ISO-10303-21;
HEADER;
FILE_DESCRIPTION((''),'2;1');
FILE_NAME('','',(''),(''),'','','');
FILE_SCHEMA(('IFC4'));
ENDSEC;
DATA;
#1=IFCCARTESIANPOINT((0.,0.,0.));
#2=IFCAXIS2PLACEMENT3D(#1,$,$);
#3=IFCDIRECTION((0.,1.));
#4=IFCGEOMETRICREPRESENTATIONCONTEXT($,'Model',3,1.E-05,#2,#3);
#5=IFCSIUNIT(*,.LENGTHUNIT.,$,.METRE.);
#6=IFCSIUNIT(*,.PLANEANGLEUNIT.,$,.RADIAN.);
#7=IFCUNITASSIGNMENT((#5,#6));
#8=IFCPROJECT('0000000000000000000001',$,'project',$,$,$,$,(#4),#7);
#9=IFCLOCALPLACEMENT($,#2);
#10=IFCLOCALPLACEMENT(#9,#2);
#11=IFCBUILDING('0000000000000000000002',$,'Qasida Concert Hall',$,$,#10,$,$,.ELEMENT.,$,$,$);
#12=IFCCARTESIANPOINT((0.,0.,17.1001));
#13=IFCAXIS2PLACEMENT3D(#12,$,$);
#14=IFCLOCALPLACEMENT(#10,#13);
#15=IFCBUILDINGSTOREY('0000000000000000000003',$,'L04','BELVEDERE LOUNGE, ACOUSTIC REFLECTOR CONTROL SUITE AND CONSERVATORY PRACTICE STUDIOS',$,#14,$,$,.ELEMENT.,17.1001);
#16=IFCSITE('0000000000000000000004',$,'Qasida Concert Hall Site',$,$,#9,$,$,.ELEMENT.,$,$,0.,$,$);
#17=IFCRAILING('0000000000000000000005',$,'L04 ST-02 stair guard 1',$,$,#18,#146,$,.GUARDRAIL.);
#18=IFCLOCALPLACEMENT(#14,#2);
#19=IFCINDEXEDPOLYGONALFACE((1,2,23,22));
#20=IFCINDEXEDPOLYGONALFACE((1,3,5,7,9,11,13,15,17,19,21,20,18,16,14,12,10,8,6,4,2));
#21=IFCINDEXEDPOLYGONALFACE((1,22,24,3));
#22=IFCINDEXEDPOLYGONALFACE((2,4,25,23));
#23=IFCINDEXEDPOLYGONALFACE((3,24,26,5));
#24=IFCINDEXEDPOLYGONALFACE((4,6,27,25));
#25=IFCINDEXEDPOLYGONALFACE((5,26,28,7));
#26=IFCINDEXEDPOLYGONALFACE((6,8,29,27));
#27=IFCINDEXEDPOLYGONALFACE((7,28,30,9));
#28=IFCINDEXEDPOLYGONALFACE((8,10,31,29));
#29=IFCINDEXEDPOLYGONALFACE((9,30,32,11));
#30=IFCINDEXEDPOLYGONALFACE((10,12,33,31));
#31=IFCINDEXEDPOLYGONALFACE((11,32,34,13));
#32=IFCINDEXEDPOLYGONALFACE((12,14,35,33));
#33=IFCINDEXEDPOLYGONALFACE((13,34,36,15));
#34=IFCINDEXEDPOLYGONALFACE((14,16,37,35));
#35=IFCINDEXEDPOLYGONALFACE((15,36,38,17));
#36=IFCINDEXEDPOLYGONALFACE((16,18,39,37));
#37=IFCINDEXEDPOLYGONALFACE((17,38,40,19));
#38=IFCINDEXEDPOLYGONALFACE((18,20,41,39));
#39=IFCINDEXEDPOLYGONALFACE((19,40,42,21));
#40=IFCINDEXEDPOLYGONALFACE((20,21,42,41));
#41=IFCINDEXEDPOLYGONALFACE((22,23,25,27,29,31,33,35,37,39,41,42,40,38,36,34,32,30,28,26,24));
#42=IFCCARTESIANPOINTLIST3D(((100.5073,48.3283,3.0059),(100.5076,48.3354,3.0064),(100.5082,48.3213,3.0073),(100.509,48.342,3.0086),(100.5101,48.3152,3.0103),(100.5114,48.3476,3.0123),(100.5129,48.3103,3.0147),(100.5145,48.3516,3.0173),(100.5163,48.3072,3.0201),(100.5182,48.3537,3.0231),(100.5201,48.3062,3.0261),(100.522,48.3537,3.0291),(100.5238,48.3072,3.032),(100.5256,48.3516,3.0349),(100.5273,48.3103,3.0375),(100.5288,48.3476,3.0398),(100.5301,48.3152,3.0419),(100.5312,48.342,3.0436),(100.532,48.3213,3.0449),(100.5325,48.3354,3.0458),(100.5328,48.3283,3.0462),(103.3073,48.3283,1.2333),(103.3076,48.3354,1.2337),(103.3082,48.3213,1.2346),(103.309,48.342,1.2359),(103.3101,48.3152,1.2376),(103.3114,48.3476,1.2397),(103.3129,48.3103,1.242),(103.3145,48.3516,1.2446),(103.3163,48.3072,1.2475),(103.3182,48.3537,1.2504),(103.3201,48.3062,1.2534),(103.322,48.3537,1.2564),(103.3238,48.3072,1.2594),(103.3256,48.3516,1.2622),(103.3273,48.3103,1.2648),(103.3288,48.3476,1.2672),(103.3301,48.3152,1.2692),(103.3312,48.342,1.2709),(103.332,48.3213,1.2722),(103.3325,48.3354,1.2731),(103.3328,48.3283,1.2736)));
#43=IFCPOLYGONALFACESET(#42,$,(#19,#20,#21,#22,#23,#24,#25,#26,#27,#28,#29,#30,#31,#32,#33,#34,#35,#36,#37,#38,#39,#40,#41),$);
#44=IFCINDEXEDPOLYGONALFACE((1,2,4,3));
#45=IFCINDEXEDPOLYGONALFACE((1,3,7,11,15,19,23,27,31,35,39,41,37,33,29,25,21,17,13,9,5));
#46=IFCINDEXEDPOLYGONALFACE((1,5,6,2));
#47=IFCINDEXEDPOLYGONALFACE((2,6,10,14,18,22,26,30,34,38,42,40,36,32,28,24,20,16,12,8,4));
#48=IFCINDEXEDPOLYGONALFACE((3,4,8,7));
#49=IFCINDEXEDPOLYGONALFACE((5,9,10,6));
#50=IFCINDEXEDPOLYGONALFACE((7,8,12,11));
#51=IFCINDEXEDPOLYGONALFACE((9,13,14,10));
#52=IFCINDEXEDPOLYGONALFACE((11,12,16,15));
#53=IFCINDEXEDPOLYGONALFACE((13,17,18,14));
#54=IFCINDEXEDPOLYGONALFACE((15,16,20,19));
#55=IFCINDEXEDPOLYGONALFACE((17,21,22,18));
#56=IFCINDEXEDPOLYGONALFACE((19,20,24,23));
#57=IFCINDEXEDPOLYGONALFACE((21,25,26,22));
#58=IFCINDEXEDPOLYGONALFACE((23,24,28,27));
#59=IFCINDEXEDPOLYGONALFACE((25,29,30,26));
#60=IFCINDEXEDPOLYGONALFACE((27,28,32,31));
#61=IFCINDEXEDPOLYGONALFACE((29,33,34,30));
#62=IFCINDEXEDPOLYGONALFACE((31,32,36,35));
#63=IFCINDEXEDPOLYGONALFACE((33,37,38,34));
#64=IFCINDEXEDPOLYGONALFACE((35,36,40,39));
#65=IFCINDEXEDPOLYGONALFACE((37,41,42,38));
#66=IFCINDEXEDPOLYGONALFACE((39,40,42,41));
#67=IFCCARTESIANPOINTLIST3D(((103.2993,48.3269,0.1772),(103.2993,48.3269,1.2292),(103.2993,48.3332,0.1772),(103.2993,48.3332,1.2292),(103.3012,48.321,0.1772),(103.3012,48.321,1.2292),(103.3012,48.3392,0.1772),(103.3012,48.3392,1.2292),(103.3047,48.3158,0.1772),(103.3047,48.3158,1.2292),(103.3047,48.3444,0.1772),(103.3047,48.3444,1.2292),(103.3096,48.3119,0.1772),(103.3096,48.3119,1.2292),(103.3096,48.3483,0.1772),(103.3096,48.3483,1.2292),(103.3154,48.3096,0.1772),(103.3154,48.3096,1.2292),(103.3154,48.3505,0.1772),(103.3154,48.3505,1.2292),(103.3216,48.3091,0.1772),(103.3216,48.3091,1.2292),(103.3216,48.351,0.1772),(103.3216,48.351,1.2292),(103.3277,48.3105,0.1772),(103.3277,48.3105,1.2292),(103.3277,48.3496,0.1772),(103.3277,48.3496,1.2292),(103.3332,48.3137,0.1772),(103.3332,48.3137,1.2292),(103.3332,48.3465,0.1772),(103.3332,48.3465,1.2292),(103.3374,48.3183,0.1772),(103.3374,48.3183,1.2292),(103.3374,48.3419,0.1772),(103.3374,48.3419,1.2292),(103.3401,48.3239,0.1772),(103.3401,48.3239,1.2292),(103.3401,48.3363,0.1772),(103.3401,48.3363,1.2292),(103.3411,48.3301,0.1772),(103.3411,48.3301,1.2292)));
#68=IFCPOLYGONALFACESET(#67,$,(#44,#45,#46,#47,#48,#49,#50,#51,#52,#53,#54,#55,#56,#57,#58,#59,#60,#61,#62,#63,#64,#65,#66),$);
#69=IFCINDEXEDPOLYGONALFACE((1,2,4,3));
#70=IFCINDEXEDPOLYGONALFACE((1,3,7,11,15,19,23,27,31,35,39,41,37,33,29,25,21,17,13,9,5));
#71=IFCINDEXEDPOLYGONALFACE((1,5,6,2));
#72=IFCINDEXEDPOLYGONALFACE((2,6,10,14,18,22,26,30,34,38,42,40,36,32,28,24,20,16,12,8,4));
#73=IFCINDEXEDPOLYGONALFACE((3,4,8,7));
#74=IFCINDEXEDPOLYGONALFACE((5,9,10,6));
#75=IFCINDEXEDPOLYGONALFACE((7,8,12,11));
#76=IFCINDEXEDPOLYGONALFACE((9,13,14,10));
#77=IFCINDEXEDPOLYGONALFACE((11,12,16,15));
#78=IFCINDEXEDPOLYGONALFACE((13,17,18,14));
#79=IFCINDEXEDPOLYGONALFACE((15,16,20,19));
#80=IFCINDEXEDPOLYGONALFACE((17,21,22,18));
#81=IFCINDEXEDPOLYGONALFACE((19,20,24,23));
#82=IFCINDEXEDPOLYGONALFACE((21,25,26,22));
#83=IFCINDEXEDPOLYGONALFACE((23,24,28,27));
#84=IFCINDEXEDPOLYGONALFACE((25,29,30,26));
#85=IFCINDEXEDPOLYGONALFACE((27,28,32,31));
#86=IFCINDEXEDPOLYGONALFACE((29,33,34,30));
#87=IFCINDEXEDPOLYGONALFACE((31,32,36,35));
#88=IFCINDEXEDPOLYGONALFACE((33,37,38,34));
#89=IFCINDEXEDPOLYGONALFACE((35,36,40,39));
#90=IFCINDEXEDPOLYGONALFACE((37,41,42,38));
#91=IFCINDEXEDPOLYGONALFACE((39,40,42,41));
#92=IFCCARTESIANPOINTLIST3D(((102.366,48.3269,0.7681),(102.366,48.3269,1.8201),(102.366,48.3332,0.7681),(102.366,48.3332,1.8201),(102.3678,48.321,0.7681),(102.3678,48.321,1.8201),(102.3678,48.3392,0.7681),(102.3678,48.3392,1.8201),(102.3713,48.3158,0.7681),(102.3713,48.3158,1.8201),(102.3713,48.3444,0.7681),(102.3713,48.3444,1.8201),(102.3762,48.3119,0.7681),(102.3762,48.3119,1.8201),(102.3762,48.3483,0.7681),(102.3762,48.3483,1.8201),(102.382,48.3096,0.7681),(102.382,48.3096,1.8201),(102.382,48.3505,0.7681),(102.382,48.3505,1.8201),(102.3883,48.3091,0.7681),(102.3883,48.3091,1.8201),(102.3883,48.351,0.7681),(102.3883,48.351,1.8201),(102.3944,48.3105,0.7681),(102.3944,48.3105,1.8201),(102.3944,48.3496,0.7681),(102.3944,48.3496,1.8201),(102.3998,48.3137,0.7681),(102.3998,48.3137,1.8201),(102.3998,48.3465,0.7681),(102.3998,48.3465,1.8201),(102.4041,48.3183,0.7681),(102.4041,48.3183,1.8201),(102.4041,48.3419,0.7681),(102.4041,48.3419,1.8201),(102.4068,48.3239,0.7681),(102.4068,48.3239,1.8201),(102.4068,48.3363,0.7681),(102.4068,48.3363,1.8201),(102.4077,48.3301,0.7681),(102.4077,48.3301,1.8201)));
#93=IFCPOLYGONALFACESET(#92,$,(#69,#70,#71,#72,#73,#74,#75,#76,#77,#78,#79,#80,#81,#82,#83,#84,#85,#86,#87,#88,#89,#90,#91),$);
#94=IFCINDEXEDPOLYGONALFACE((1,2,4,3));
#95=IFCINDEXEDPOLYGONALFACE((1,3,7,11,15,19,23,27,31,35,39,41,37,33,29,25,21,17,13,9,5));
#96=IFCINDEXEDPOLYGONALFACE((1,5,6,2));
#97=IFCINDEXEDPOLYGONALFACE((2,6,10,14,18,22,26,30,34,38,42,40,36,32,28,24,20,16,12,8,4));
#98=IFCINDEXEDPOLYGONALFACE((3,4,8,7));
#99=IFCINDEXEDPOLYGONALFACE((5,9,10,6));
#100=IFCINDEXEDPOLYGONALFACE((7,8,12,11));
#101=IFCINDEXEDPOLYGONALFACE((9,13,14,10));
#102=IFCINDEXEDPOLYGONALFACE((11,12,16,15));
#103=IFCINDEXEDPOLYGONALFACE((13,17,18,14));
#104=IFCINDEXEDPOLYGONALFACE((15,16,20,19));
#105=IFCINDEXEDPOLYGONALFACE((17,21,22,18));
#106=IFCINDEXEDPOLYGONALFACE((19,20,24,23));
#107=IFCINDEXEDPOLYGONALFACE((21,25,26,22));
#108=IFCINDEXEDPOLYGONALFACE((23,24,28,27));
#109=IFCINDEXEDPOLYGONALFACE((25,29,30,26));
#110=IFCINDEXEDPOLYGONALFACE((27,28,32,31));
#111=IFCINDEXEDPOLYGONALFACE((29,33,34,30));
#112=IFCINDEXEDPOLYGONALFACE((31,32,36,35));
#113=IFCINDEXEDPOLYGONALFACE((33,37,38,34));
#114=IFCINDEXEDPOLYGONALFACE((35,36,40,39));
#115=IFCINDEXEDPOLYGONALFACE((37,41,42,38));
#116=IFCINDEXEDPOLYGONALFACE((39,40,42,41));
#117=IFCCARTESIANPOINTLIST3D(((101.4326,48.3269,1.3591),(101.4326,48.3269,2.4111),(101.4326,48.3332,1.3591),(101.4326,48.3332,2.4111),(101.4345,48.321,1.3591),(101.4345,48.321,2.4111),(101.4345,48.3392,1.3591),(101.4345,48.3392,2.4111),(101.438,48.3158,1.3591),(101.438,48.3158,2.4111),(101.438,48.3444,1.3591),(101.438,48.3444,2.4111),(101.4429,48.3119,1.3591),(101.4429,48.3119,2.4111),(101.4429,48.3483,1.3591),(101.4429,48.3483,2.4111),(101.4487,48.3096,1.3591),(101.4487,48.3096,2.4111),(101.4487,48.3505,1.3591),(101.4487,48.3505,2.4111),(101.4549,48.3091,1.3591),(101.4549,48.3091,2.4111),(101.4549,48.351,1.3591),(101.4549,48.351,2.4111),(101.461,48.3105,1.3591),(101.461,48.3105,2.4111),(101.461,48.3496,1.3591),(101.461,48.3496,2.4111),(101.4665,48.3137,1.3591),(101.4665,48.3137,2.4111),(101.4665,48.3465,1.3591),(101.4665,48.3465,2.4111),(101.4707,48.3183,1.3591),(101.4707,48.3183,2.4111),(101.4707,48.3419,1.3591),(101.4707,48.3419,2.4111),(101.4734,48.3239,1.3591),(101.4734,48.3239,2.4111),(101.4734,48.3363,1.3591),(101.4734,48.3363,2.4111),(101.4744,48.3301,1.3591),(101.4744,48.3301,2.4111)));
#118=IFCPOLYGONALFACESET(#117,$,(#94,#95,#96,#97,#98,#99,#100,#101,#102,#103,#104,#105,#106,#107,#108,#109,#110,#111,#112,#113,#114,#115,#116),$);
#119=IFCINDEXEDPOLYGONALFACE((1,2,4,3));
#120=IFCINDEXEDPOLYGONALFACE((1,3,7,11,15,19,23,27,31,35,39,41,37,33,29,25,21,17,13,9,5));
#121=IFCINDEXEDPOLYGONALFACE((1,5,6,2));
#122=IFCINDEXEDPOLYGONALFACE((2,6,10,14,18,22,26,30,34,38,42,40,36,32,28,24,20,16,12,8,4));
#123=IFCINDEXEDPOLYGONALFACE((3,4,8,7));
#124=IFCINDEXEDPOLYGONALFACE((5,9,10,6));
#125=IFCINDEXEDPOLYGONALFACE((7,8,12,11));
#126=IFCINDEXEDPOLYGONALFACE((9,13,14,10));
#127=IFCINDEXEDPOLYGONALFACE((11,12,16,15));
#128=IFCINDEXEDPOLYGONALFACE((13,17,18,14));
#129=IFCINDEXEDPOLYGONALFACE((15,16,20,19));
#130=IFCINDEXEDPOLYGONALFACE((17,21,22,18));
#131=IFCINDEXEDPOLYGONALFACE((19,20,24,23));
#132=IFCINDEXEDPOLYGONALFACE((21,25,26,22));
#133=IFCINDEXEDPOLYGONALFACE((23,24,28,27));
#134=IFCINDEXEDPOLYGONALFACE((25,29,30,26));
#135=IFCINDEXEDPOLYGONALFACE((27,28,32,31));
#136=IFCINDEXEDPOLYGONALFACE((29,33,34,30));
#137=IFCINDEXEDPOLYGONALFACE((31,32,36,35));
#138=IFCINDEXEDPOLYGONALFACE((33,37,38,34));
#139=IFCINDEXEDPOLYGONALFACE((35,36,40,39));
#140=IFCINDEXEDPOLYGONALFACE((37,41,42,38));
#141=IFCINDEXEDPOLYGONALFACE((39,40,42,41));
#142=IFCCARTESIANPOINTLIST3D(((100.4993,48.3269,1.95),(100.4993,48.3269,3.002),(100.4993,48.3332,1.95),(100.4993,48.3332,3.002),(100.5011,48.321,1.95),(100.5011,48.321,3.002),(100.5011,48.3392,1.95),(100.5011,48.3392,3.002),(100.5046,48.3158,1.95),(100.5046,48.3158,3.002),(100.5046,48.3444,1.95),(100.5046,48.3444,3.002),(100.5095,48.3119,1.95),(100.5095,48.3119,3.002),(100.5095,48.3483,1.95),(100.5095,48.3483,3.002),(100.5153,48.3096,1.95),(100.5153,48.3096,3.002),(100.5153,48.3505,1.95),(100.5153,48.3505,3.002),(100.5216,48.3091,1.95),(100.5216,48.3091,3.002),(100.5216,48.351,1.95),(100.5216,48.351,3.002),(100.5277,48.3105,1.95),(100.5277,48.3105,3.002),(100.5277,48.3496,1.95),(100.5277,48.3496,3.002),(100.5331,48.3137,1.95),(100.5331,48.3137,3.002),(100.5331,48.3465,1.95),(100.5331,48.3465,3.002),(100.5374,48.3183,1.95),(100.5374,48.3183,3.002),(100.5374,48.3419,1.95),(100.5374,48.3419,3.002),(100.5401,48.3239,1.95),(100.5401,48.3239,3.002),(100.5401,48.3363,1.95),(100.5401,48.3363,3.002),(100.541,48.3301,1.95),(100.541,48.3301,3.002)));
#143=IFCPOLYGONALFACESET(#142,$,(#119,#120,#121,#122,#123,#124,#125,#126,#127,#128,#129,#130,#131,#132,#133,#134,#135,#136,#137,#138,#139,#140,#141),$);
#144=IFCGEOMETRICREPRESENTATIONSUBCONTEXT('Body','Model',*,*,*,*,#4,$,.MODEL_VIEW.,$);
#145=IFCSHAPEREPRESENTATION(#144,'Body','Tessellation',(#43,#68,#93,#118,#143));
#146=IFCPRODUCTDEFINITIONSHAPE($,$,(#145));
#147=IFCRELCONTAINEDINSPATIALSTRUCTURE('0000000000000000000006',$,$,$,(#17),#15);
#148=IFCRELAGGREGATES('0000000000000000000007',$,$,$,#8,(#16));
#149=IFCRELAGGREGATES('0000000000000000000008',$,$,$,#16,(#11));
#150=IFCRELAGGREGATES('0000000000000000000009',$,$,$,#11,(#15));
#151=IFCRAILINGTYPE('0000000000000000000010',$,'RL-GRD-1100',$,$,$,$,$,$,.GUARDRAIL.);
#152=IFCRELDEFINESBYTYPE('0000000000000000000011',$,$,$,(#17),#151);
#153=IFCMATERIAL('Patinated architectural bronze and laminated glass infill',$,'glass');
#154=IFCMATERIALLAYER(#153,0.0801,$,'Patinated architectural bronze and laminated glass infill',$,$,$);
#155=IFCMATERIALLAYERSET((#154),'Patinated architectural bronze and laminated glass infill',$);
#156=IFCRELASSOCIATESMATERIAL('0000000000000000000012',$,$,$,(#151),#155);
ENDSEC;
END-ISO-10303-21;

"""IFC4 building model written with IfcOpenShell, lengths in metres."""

from ifc_helpers import new_model, si_unit, direction, frame, origin, origin_2d, place, context, subcontext, project, spatial, circle, extrude, material, layer, layer_set, type_object, element, save


model = new_model("IFC4")

# Units and contexts
model_context = context("Model", 3, precision=1e-05, world=origin(), true_north=direction((0.0, 1.0)))
body_context = subcontext(model_context, "Body", "Model", "MODEL_VIEW")
ifc_project = project(units=[si_unit("LENGTHUNIT", "METRE"), si_unit("PLANEANGLEUNIT", "RADIAN")], contexts=[model_context])

# Site, building, storey
site_placement = place(None, origin())
site = spatial("IfcSite", under=ifc_project, at=site_placement, Name="Qasida Concert Hall Site", CompositionType="ELEMENT", RefElevation=0.0)
building_placement = place(site_placement, origin())
building = spatial("IfcBuilding", under=site, at=building_placement, Name="Qasida Concert Hall", CompositionType="ELEMENT")
storey_placement = place(building_placement, frame((0.0, 0.0, 17.1001)))
storey = spatial("IfcBuildingStorey", under=building, at=storey_placement, Name="L04", Description="BELVEDERE LOUNGE, ACOUSTIC REFLECTOR CONTROL SUITE AND CONSERVATORY PRACTICE STUDIOS", CompositionType="ELEMENT", Elevation=17.1001)

# Railing
ifc_material_1 = material(Name="Patinated architectural bronze and laminated glass infill", Category="glass")
ifc_layer_1 = layer(ifc_material_1, 0.0801, Name="Patinated architectural bronze and laminated glass infill")
ifc_layer_set_1 = layer_set([ifc_layer_1], Name="Patinated architectural bronze and laminated glass infill")
railing_type_1 = type_object("IfcRailingType", Name="RL-GRD-1100", PredefinedType="GUARDRAIL", material=ifc_layer_set_1)
railing_1_placement = place(storey_placement, frame((103.3201, 48.3301, 0.1772)))
element("IfcRailing", 1, at=railing_1_placement, inside=storey, type_object=railing_type_1, Name="L04 ST-02 stair guard 1", PredefinedType="GUARDRAIL", context=body_context, shape_type="SweptSolid", body=[
    extrude(circle(Radius=0.0239, at=origin_2d()), frame((0.0, 0.0, 1.0762), z_axis=(-0.844909, 0.0, 0.53491), x_axis=(0.0, -1.0, 0.0)), (0.0, 0.0, 1.0), 3.314),
    extrude(circle(Radius=0.021, at=origin_2d()), origin(), (0.0, 0.0, 1.0), 1.052),
    extrude(circle(Radius=0.021, at=origin_2d()), frame((-0.9333, 0.0, 0.5908)), (0.0, 0.0, 1.0), 1.052),
    extrude(circle(Radius=0.021, at=origin_2d()), frame((-1.8667, 0.0, 1.1819)), (0.0, 0.0, 1.0), 1.052),
    extrude(circle(Radius=0.021, at=origin_2d()), frame((-2.8, 0.0, 1.7727)), (0.0, 0.0, 1.0), 1.052),
])

save(model, "model.ifc")
